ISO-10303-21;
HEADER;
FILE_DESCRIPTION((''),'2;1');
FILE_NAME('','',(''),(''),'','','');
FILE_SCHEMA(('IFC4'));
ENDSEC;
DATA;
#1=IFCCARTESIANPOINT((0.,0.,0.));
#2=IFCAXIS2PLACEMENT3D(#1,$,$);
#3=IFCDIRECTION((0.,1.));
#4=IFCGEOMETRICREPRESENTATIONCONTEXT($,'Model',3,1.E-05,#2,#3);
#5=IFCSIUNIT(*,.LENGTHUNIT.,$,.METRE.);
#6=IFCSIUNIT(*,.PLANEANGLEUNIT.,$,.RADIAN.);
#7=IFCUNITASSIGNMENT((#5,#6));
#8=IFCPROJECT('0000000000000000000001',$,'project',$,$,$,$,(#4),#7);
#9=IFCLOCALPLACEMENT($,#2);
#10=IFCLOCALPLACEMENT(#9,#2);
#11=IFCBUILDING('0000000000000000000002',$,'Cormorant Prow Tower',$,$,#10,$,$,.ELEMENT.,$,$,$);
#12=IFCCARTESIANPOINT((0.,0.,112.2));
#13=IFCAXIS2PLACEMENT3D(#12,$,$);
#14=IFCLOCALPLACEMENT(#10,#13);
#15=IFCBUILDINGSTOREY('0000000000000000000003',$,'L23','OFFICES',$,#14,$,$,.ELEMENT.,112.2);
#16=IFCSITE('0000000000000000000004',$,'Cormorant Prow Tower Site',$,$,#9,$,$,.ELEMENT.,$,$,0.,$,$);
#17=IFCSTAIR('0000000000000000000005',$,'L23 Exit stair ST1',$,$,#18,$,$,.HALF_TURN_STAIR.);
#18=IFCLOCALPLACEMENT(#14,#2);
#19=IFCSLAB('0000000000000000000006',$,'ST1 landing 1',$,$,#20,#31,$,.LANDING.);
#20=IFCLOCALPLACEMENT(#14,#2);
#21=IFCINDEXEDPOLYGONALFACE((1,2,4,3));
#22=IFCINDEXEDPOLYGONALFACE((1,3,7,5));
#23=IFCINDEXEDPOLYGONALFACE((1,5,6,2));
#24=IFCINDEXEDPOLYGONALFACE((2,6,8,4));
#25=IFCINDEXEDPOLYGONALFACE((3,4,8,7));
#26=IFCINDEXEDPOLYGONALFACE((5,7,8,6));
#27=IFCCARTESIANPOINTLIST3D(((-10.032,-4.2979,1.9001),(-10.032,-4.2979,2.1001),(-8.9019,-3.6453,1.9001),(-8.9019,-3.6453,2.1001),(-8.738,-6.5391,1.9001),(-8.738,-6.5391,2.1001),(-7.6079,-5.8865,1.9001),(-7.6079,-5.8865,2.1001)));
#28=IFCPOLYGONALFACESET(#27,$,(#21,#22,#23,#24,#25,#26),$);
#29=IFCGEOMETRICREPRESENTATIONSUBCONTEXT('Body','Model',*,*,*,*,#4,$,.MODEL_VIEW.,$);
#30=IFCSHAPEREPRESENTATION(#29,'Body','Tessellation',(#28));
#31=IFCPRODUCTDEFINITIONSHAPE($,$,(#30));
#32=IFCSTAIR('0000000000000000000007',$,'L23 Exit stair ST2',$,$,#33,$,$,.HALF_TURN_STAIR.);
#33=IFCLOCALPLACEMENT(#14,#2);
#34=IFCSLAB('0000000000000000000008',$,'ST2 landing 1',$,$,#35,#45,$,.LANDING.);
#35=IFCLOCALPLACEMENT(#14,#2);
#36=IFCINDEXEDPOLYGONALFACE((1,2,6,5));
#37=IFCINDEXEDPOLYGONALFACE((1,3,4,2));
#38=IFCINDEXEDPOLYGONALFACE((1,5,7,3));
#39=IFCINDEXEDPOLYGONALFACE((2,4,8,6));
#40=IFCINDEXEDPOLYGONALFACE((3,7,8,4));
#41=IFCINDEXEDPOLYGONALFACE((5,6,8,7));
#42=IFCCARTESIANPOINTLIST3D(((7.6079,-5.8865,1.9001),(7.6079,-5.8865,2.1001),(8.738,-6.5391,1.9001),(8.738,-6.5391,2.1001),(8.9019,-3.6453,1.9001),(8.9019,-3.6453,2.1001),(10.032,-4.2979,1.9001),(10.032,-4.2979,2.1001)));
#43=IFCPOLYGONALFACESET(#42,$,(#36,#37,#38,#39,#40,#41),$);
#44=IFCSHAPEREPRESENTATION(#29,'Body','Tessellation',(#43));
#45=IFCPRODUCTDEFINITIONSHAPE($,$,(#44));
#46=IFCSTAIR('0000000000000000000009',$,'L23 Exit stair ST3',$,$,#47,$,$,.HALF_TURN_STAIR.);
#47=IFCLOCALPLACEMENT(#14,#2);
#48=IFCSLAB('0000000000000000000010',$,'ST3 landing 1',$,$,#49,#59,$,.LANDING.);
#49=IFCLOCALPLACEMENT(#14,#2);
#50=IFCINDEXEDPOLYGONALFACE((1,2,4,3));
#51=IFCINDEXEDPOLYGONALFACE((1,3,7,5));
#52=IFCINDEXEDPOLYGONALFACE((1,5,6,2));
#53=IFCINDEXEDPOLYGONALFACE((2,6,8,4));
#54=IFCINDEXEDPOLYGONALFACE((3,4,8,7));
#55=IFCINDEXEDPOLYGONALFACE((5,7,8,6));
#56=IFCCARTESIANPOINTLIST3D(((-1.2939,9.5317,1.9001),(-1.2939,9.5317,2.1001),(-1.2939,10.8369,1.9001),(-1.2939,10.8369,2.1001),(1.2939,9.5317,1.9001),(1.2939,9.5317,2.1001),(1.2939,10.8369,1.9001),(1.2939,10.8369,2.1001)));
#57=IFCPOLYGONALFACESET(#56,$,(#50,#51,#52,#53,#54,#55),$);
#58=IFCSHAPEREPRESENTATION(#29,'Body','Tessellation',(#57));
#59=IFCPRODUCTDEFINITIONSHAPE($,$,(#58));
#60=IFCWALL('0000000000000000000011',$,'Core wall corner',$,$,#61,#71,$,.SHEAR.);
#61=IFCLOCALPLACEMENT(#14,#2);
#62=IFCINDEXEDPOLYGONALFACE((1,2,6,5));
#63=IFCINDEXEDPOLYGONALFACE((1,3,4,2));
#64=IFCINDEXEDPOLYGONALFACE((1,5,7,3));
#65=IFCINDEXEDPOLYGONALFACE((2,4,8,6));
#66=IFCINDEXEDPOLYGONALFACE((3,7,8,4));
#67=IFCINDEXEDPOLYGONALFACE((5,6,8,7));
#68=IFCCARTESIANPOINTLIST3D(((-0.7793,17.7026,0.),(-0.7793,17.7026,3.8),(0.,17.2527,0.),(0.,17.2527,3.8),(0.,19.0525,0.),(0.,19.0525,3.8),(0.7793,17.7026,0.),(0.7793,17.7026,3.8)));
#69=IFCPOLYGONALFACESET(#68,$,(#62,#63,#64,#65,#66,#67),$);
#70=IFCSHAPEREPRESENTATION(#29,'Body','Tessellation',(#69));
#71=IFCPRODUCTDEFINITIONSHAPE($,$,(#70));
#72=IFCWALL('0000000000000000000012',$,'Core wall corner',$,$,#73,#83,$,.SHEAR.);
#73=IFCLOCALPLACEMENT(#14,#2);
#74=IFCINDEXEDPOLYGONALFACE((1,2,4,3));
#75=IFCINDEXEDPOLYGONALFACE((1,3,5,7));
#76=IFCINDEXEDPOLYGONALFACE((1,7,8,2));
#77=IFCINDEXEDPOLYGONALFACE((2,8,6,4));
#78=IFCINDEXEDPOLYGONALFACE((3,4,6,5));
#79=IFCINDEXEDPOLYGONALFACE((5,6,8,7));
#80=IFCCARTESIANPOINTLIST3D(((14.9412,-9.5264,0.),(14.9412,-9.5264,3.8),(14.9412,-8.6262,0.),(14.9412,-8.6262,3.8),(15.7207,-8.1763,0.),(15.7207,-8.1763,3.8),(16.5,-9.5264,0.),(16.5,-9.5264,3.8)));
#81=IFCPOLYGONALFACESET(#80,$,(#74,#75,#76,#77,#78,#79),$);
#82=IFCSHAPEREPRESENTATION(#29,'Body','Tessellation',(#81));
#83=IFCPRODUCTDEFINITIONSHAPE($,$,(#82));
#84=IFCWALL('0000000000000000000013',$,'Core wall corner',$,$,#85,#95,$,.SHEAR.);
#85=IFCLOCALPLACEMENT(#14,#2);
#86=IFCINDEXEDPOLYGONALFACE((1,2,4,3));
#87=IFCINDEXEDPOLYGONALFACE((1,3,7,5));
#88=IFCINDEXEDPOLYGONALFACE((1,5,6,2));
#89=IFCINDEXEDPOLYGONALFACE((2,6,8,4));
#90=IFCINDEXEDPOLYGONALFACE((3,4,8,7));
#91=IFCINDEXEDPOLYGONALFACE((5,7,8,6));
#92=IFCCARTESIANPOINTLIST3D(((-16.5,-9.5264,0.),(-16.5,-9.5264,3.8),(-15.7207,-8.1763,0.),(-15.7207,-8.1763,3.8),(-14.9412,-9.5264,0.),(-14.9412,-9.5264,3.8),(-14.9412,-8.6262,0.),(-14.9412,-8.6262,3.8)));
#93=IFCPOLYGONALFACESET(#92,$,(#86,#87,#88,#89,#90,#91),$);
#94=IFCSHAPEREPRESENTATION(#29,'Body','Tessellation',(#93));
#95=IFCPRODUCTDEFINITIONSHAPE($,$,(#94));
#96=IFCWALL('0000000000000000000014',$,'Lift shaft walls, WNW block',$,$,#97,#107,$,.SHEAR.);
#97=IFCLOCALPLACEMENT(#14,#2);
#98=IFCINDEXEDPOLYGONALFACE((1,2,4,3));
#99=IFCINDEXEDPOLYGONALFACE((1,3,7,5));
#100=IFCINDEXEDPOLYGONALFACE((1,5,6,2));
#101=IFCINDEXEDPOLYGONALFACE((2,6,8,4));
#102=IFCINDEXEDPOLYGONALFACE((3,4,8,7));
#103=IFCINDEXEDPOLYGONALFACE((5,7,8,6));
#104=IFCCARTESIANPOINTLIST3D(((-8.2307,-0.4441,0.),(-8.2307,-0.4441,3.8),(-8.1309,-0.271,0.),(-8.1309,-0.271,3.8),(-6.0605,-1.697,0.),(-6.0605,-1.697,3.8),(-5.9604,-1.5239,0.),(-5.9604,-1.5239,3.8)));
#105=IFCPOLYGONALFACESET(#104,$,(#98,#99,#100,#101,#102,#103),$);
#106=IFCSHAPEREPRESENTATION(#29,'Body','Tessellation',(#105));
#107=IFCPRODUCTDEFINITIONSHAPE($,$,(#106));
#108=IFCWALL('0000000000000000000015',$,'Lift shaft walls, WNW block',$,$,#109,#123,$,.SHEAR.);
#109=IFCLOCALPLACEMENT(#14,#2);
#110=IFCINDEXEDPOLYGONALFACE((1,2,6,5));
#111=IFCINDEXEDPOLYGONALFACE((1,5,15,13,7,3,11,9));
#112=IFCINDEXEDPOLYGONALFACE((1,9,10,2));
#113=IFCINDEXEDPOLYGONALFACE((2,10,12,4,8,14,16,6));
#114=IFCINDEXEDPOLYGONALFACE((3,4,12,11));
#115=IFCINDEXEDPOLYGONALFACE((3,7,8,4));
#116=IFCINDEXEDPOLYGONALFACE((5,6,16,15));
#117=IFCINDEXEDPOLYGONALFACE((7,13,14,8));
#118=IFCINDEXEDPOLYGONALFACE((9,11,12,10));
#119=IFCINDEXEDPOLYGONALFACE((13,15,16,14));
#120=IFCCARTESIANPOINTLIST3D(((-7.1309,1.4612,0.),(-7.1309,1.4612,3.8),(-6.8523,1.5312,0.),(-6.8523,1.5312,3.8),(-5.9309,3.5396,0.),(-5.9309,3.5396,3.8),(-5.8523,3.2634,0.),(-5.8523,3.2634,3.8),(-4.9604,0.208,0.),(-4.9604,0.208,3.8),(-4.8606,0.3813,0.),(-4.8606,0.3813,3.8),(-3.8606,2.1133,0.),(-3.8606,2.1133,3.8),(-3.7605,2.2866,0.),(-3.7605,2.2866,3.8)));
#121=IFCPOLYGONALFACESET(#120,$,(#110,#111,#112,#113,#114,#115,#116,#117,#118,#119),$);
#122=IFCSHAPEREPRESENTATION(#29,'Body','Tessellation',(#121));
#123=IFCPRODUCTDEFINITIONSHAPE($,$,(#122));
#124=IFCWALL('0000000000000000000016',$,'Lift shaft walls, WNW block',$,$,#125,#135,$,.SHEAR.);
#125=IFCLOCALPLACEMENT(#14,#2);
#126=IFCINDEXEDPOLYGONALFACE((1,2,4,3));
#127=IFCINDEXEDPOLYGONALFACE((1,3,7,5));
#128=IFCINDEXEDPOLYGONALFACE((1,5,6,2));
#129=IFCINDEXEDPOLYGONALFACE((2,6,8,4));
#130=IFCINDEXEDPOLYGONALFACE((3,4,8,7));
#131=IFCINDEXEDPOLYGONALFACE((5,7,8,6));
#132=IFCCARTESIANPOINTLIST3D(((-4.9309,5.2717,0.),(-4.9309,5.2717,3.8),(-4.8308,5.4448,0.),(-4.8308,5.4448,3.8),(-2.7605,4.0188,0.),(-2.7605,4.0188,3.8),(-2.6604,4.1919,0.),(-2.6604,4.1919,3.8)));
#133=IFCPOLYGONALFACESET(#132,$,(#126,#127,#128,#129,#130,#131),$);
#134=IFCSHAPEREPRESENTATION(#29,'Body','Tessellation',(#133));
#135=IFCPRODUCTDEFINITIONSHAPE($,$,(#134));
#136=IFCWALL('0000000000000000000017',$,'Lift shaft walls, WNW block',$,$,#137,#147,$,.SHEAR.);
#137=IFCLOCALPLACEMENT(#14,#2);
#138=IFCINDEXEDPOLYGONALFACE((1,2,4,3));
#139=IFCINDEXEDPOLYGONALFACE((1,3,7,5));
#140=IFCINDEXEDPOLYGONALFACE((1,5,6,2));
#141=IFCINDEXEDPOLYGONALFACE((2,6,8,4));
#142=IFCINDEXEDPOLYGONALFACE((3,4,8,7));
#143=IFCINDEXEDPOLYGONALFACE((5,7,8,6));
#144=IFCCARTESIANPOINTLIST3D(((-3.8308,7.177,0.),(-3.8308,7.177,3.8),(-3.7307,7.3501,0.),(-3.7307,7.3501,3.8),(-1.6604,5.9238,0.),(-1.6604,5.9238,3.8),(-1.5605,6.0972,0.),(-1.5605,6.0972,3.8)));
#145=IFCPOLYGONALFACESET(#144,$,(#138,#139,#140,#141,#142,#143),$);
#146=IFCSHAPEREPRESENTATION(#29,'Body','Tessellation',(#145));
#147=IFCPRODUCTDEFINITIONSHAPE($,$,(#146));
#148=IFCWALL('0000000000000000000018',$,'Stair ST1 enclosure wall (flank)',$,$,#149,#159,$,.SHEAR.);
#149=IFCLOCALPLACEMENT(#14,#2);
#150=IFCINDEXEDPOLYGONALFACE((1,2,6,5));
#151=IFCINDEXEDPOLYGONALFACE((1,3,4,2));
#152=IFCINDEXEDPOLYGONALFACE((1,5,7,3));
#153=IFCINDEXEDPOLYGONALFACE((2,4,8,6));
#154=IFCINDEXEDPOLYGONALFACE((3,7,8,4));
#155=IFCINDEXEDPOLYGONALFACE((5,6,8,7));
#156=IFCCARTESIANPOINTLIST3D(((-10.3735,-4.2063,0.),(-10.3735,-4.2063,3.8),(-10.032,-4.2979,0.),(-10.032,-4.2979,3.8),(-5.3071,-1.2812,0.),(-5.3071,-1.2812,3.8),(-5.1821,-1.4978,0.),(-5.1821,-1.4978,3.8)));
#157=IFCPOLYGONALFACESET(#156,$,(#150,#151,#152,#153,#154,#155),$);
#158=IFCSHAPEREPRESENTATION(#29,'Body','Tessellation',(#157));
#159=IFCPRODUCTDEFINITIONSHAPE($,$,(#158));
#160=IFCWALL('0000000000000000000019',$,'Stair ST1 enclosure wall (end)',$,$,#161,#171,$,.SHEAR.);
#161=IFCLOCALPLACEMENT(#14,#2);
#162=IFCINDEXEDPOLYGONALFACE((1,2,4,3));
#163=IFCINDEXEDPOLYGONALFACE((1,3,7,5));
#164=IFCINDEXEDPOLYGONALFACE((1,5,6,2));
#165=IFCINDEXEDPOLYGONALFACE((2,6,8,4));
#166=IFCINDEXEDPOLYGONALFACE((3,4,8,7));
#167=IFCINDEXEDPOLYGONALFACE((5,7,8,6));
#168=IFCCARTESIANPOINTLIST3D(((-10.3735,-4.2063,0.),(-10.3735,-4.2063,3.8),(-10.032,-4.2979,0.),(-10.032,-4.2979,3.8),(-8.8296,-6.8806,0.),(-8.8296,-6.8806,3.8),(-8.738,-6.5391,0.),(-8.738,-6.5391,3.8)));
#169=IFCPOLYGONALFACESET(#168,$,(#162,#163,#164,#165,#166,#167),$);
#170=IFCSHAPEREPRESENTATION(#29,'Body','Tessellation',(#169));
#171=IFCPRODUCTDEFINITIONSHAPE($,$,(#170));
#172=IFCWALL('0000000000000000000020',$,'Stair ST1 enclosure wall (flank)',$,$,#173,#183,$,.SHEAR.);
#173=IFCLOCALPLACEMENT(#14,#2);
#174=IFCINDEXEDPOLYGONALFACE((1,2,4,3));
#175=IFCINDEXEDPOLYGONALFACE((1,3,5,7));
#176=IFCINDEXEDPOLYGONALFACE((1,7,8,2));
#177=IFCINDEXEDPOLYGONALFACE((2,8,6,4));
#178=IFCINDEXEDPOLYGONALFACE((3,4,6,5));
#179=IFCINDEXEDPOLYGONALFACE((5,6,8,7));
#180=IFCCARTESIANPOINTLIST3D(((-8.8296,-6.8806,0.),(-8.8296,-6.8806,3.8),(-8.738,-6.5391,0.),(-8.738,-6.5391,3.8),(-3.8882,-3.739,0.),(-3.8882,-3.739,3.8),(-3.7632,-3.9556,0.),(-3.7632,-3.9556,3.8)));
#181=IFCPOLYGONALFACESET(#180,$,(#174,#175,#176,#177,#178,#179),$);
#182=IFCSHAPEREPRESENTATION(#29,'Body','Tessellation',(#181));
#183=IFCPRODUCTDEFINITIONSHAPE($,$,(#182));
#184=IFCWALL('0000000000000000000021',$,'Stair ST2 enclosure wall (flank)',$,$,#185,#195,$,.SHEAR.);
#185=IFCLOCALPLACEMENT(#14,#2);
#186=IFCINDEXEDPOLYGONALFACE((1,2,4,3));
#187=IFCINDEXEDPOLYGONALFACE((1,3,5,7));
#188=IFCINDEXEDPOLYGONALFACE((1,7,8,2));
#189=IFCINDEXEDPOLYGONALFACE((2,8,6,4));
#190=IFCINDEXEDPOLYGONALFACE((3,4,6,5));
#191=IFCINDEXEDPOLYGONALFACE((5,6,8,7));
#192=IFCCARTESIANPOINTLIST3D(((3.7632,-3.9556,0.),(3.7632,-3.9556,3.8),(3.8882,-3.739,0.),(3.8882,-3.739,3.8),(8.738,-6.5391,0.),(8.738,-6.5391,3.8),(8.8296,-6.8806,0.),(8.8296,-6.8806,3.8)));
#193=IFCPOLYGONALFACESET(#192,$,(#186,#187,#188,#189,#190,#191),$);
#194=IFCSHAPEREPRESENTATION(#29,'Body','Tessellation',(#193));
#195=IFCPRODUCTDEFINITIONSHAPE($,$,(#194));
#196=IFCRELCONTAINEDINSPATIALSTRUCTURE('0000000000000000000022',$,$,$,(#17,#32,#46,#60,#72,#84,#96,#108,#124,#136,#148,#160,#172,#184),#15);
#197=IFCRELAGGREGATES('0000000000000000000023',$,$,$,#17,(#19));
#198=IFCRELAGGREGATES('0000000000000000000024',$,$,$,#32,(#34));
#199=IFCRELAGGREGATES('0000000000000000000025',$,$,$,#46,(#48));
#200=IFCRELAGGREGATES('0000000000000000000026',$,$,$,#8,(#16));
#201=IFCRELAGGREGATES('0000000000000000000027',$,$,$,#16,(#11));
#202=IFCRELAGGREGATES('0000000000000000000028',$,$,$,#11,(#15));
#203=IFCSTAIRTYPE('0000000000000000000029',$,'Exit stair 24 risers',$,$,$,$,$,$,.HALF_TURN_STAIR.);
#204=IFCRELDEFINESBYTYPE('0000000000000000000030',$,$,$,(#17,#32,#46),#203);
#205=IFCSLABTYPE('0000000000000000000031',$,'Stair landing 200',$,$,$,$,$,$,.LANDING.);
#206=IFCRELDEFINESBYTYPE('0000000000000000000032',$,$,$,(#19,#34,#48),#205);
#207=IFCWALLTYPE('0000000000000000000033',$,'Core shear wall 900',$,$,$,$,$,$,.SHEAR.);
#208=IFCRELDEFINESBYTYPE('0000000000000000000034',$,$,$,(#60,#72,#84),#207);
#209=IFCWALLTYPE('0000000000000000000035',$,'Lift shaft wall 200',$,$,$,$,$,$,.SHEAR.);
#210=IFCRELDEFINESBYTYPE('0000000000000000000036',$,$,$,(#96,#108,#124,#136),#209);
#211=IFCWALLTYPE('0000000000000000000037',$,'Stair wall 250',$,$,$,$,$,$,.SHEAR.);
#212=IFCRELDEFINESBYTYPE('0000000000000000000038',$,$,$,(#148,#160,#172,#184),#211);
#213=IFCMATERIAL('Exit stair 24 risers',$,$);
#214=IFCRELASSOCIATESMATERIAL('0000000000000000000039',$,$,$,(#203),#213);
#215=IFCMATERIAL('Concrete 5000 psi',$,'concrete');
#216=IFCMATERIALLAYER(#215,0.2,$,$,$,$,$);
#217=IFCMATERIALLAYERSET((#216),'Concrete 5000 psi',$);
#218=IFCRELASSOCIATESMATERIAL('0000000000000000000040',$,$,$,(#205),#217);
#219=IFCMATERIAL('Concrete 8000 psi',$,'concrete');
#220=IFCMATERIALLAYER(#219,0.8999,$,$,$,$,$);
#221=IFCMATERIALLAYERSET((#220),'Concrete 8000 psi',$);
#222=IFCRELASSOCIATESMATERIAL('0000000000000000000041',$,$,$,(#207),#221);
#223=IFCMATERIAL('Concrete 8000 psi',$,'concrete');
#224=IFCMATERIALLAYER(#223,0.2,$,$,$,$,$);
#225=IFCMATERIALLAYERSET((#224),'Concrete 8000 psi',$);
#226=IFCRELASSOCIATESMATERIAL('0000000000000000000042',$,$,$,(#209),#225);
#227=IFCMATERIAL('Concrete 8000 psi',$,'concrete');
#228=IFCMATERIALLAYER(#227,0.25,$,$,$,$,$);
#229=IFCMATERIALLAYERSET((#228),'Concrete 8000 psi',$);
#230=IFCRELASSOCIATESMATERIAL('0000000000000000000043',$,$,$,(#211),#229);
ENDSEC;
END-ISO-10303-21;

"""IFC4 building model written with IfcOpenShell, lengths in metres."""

from ifc_helpers import new_model, si_unit, direction, frame, origin, place, context, subcontext, project, spatial, polyline, outline, extrude, material, layer, layer_set, type_object, element, aggregate, save


model = new_model("IFC4")

# Units and contexts
model_context = context("Model", 3, precision=1e-05, world=origin(), true_north=direction((0.0, 1.0)))
body_context = subcontext(model_context, "Body", "Model", "MODEL_VIEW")
ifc_project = project(units=[si_unit("LENGTHUNIT", "METRE"), si_unit("PLANEANGLEUNIT", "RADIAN")], contexts=[model_context])

# Site, building, storey
site_placement = place(None, origin())
site = spatial("IfcSite", under=ifc_project, at=site_placement, Name="Cormorant Prow Tower Site", CompositionType="ELEMENT", RefElevation=0.0)
building_placement = place(site_placement, origin())
building = spatial("IfcBuilding", under=site, at=building_placement, Name="Cormorant Prow Tower", CompositionType="ELEMENT")
storey_placement = place(building_placement, frame((0.0, 0.0, 112.2)))
storey = spatial("IfcBuildingStorey", under=building, at=storey_placement, Name="L23", Description="OFFICES", CompositionType="ELEMENT", Elevation=112.2)

# Stairs, slabs
ifc_material_1 = material(Name="Exit stair 24 risers")
stair_type = type_object("IfcStairType", Name="Exit stair 24 risers", PredefinedType="HALF_TURN_STAIR", material=ifc_material_1)
stair_1_placement = place(storey_placement, origin())
stair_1 = element("IfcStair", 1, at=stair_1_placement, inside=storey, type_object=stair_type, Name="L23 Exit stair ST1", PredefinedType="HALF_TURN_STAIR")
ifc_material_2 = material(Name="Concrete 5000 psi", Category="concrete")
ifc_layer_1 = layer(ifc_material_2, 0.2)
ifc_layer_set_1 = layer_set([ifc_layer_1], Name="Concrete 5000 psi")
slab_type = type_object("IfcSlabType", Name="Stair landing 200", PredefinedType="LANDING", material=ifc_layer_set_1)
slab_1_placement = place(storey_placement, frame((0.0, 0.0, 1.9001)))
slab_1 = element("IfcSlab", 2, at=slab_1_placement, type_object=slab_type, Name="ST1 landing 1", PredefinedType="LANDING", context=body_context, shape_type="SweptSolid", body=[
    extrude(outline(polyline([(-8.9019, -3.6453), (-10.032, -4.2979), (-8.738, -6.5391), (-7.6079, -5.8865), (-8.9019, -3.6453)])), origin(), (0.0, 0.0, 1.0), 0.2),
])
aggregate(stair_1, [slab_1])
stair_2_placement = place(storey_placement, origin())
stair_2 = element("IfcStair", 3, at=stair_2_placement, inside=storey, type_object=stair_type, Name="L23 Exit stair ST2", PredefinedType="HALF_TURN_STAIR")
slab_2_placement = place(storey_placement, frame((0.0, 0.0, 1.9001)))
slab_2 = element("IfcSlab", 4, at=slab_2_placement, type_object=slab_type, Name="ST2 landing 1", PredefinedType="LANDING", context=body_context, shape_type="SweptSolid", body=[
    extrude(outline(polyline([(7.6079, -5.8865), (8.738, -6.5391), (10.032, -4.2979), (8.9019, -3.6453), (7.6079, -5.8865)])), origin(), (0.0, 0.0, 1.0), 0.2),
])
aggregate(stair_2, [slab_2])
stair_3_placement = place(storey_placement, origin())
stair_3 = element("IfcStair", 5, at=stair_3_placement, inside=storey, type_object=stair_type, Name="L23 Exit stair ST3", PredefinedType="HALF_TURN_STAIR")
slab_3_placement = place(storey_placement, frame((0.0, 0.0, 1.9001)))
slab_3 = element("IfcSlab", 6, at=slab_3_placement, type_object=slab_type, Name="ST3 landing 1", PredefinedType="LANDING", context=body_context, shape_type="SweptSolid", body=[
    extrude(outline(polyline([(1.2939, 9.5317), (1.2939, 10.8369), (-1.2939, 10.8369), (-1.2939, 9.5317), (1.2939, 9.5317)])), origin(), (0.0, 0.0, 1.0), 0.2),
])
aggregate(stair_3, [slab_3])

# Walls
ifc_material_3 = material(Name="Concrete 8000 psi", Category="concrete")
ifc_layer_2 = layer(ifc_material_3, 0.8999)
ifc_layer_set_2 = layer_set([ifc_layer_2], Name="Concrete 8000 psi")
wall_type_1 = type_object("IfcWallType", Name="Core shear wall 900", PredefinedType="SHEAR", material=ifc_layer_set_2)
wall_1_placement = place(storey_placement, origin())
element("IfcWall", 7, at=wall_1_placement, inside=storey, type_object=wall_type_1, Name="Core wall corner", PredefinedType="SHEAR", context=body_context, shape_type="SweptSolid", body=[
    extrude(outline(polyline([(-0.7793, 17.7026), (0.0, 19.0525), (0.7793, 17.7026), (0.0, 17.2527), (-0.7793, 17.7026)])), origin(), (0.0, 0.0, 1.0), 3.8),
])
wall_2_placement = place(storey_placement, origin())
element("IfcWall", 8, at=wall_2_placement, inside=storey, type_object=wall_type_1, Name="Core wall corner", PredefinedType="SHEAR", context=body_context, shape_type="SweptSolid", body=[
    extrude(outline(polyline([(14.9412, -8.6262), (15.7207, -8.1763), (16.5, -9.5264), (14.9412, -9.5264), (14.9412, -8.6262)])), origin(), (0.0, 0.0, 1.0), 3.8),
])
wall_3_placement = place(storey_placement, origin())
element("IfcWall", 9, at=wall_3_placement, inside=storey, type_object=wall_type_1, Name="Core wall corner", PredefinedType="SHEAR", context=body_context, shape_type="SweptSolid", body=[
    extrude(outline(polyline([(-14.9412, -8.6262), (-14.9412, -9.5264), (-16.5, -9.5264), (-15.7207, -8.1763), (-14.9412, -8.6262)])), origin(), (0.0, 0.0, 1.0), 3.8),
])
ifc_material_4 = material(Name="Concrete 8000 psi", Category="concrete")
ifc_layer_3 = layer(ifc_material_4, 0.2)
ifc_layer_set_3 = layer_set([ifc_layer_3], Name="Concrete 8000 psi")
wall_type_2 = type_object("IfcWallType", Name="Lift shaft wall 200", PredefinedType="SHEAR", material=ifc_layer_set_3)
wall_4_placement = place(storey_placement, origin())
element("IfcWall", 10, at=wall_4_placement, inside=storey, type_object=wall_type_2, Name="Lift shaft walls, WNW block", PredefinedType="SHEAR", context=body_context, shape_type="SweptSolid", body=[
    extrude(outline(polyline([(-6.0605, -1.697), (-8.2307, -0.4441), (-8.1309, -0.271), (-5.9604, -1.5239), (-6.0605, -1.697)])), origin(), (0.0, 0.0, 1.0), 3.8),
])
wall_5_placement = place(storey_placement, origin())
element("IfcWall", 11, at=wall_5_placement, inside=storey, type_object=wall_type_2, Name="Lift shaft walls, WNW block", PredefinedType="SHEAR", context=body_context, shape_type="SweptSolid", body=[
    extrude(outline(polyline([(-4.9604, 0.208), (-7.1309, 1.4612), (-5.9309, 3.5396), (-3.7605, 2.2866), (-3.8606, 2.1133), (-5.8523, 3.2634), (-6.8523, 1.5312), (-4.8606, 0.3813), (-4.9604, 0.208)])), origin(), (0.0, 0.0, 1.0), 3.8),
])
wall_6_placement = place(storey_placement, origin())
element("IfcWall", 12, at=wall_6_placement, inside=storey, type_object=wall_type_2, Name="Lift shaft walls, WNW block", PredefinedType="SHEAR", context=body_context, shape_type="SweptSolid", body=[
    extrude(outline(polyline([(-2.7605, 4.0188), (-4.9309, 5.2717), (-4.8308, 5.4448), (-2.6604, 4.1919), (-2.7605, 4.0188)])), origin(), (0.0, 0.0, 1.0), 3.8),
])
wall_7_placement = place(storey_placement, origin())
element("IfcWall", 13, at=wall_7_placement, inside=storey, type_object=wall_type_2, Name="Lift shaft walls, WNW block", PredefinedType="SHEAR", context=body_context, shape_type="SweptSolid", body=[
    extrude(outline(polyline([(-3.7307, 7.3501), (-1.5605, 6.0972), (-1.6604, 5.9238), (-3.8308, 7.177), (-3.7307, 7.3501)])), origin(), (0.0, 0.0, 1.0), 3.8),
])
ifc_material_5 = material(Name="Concrete 8000 psi", Category="concrete")
ifc_layer_4 = layer(ifc_material_5, 0.25)
ifc_layer_set_4 = layer_set([ifc_layer_4], Name="Concrete 8000 psi")
wall_type_3 = type_object("IfcWallType", Name="Stair wall 250", PredefinedType="SHEAR", material=ifc_layer_set_4)
wall_8_placement = place(storey_placement, origin())
element("IfcWall", 14, at=wall_8_placement, inside=storey, type_object=wall_type_3, Name="Stair ST1 enclosure wall (flank)", PredefinedType="SHEAR", context=body_context, shape_type="SweptSolid", body=[
    extrude(outline(polyline([(-5.3071, -1.2812), (-10.3735, -4.2063), (-10.032, -4.2979), (-5.1821, -1.4978), (-5.3071, -1.2812)])), origin(), (0.0, 0.0, 1.0), 3.8),
])
wall_9_placement = place(storey_placement, origin())
element("IfcWall", 15, at=wall_9_placement, inside=storey, type_object=wall_type_3, Name="Stair ST1 enclosure wall (end)", PredefinedType="SHEAR", context=body_context, shape_type="SweptSolid", body=[
    extrude(outline(polyline([(-10.3735, -4.2063), (-8.8296, -6.8806), (-8.738, -6.5391), (-10.032, -4.2979), (-10.3735, -4.2063)])), origin(), (0.0, 0.0, 1.0), 3.8),
])
wall_10_placement = place(storey_placement, origin())
element("IfcWall", 16, at=wall_10_placement, inside=storey, type_object=wall_type_3, Name="Stair ST1 enclosure wall (flank)", PredefinedType="SHEAR", context=body_context, shape_type="SweptSolid", body=[
    extrude(outline(polyline([(-8.738, -6.5391), (-8.8296, -6.8806), (-3.7632, -3.9556), (-3.8882, -3.739), (-8.738, -6.5391)])), origin(), (0.0, 0.0, 1.0), 3.8),
])
wall_11_placement = place(storey_placement, origin())
element("IfcWall", 17, at=wall_11_placement, inside=storey, type_object=wall_type_3, Name="Stair ST2 enclosure wall (flank)", PredefinedType="SHEAR", context=body_context, shape_type="SweptSolid", body=[
    extrude(outline(polyline([(3.7632, -3.9556), (8.8296, -6.8806), (8.738, -6.5391), (3.8882, -3.739), (3.7632, -3.9556)])), origin(), (0.0, 0.0, 1.0), 3.8),
])

save(model, "model.ifc")
